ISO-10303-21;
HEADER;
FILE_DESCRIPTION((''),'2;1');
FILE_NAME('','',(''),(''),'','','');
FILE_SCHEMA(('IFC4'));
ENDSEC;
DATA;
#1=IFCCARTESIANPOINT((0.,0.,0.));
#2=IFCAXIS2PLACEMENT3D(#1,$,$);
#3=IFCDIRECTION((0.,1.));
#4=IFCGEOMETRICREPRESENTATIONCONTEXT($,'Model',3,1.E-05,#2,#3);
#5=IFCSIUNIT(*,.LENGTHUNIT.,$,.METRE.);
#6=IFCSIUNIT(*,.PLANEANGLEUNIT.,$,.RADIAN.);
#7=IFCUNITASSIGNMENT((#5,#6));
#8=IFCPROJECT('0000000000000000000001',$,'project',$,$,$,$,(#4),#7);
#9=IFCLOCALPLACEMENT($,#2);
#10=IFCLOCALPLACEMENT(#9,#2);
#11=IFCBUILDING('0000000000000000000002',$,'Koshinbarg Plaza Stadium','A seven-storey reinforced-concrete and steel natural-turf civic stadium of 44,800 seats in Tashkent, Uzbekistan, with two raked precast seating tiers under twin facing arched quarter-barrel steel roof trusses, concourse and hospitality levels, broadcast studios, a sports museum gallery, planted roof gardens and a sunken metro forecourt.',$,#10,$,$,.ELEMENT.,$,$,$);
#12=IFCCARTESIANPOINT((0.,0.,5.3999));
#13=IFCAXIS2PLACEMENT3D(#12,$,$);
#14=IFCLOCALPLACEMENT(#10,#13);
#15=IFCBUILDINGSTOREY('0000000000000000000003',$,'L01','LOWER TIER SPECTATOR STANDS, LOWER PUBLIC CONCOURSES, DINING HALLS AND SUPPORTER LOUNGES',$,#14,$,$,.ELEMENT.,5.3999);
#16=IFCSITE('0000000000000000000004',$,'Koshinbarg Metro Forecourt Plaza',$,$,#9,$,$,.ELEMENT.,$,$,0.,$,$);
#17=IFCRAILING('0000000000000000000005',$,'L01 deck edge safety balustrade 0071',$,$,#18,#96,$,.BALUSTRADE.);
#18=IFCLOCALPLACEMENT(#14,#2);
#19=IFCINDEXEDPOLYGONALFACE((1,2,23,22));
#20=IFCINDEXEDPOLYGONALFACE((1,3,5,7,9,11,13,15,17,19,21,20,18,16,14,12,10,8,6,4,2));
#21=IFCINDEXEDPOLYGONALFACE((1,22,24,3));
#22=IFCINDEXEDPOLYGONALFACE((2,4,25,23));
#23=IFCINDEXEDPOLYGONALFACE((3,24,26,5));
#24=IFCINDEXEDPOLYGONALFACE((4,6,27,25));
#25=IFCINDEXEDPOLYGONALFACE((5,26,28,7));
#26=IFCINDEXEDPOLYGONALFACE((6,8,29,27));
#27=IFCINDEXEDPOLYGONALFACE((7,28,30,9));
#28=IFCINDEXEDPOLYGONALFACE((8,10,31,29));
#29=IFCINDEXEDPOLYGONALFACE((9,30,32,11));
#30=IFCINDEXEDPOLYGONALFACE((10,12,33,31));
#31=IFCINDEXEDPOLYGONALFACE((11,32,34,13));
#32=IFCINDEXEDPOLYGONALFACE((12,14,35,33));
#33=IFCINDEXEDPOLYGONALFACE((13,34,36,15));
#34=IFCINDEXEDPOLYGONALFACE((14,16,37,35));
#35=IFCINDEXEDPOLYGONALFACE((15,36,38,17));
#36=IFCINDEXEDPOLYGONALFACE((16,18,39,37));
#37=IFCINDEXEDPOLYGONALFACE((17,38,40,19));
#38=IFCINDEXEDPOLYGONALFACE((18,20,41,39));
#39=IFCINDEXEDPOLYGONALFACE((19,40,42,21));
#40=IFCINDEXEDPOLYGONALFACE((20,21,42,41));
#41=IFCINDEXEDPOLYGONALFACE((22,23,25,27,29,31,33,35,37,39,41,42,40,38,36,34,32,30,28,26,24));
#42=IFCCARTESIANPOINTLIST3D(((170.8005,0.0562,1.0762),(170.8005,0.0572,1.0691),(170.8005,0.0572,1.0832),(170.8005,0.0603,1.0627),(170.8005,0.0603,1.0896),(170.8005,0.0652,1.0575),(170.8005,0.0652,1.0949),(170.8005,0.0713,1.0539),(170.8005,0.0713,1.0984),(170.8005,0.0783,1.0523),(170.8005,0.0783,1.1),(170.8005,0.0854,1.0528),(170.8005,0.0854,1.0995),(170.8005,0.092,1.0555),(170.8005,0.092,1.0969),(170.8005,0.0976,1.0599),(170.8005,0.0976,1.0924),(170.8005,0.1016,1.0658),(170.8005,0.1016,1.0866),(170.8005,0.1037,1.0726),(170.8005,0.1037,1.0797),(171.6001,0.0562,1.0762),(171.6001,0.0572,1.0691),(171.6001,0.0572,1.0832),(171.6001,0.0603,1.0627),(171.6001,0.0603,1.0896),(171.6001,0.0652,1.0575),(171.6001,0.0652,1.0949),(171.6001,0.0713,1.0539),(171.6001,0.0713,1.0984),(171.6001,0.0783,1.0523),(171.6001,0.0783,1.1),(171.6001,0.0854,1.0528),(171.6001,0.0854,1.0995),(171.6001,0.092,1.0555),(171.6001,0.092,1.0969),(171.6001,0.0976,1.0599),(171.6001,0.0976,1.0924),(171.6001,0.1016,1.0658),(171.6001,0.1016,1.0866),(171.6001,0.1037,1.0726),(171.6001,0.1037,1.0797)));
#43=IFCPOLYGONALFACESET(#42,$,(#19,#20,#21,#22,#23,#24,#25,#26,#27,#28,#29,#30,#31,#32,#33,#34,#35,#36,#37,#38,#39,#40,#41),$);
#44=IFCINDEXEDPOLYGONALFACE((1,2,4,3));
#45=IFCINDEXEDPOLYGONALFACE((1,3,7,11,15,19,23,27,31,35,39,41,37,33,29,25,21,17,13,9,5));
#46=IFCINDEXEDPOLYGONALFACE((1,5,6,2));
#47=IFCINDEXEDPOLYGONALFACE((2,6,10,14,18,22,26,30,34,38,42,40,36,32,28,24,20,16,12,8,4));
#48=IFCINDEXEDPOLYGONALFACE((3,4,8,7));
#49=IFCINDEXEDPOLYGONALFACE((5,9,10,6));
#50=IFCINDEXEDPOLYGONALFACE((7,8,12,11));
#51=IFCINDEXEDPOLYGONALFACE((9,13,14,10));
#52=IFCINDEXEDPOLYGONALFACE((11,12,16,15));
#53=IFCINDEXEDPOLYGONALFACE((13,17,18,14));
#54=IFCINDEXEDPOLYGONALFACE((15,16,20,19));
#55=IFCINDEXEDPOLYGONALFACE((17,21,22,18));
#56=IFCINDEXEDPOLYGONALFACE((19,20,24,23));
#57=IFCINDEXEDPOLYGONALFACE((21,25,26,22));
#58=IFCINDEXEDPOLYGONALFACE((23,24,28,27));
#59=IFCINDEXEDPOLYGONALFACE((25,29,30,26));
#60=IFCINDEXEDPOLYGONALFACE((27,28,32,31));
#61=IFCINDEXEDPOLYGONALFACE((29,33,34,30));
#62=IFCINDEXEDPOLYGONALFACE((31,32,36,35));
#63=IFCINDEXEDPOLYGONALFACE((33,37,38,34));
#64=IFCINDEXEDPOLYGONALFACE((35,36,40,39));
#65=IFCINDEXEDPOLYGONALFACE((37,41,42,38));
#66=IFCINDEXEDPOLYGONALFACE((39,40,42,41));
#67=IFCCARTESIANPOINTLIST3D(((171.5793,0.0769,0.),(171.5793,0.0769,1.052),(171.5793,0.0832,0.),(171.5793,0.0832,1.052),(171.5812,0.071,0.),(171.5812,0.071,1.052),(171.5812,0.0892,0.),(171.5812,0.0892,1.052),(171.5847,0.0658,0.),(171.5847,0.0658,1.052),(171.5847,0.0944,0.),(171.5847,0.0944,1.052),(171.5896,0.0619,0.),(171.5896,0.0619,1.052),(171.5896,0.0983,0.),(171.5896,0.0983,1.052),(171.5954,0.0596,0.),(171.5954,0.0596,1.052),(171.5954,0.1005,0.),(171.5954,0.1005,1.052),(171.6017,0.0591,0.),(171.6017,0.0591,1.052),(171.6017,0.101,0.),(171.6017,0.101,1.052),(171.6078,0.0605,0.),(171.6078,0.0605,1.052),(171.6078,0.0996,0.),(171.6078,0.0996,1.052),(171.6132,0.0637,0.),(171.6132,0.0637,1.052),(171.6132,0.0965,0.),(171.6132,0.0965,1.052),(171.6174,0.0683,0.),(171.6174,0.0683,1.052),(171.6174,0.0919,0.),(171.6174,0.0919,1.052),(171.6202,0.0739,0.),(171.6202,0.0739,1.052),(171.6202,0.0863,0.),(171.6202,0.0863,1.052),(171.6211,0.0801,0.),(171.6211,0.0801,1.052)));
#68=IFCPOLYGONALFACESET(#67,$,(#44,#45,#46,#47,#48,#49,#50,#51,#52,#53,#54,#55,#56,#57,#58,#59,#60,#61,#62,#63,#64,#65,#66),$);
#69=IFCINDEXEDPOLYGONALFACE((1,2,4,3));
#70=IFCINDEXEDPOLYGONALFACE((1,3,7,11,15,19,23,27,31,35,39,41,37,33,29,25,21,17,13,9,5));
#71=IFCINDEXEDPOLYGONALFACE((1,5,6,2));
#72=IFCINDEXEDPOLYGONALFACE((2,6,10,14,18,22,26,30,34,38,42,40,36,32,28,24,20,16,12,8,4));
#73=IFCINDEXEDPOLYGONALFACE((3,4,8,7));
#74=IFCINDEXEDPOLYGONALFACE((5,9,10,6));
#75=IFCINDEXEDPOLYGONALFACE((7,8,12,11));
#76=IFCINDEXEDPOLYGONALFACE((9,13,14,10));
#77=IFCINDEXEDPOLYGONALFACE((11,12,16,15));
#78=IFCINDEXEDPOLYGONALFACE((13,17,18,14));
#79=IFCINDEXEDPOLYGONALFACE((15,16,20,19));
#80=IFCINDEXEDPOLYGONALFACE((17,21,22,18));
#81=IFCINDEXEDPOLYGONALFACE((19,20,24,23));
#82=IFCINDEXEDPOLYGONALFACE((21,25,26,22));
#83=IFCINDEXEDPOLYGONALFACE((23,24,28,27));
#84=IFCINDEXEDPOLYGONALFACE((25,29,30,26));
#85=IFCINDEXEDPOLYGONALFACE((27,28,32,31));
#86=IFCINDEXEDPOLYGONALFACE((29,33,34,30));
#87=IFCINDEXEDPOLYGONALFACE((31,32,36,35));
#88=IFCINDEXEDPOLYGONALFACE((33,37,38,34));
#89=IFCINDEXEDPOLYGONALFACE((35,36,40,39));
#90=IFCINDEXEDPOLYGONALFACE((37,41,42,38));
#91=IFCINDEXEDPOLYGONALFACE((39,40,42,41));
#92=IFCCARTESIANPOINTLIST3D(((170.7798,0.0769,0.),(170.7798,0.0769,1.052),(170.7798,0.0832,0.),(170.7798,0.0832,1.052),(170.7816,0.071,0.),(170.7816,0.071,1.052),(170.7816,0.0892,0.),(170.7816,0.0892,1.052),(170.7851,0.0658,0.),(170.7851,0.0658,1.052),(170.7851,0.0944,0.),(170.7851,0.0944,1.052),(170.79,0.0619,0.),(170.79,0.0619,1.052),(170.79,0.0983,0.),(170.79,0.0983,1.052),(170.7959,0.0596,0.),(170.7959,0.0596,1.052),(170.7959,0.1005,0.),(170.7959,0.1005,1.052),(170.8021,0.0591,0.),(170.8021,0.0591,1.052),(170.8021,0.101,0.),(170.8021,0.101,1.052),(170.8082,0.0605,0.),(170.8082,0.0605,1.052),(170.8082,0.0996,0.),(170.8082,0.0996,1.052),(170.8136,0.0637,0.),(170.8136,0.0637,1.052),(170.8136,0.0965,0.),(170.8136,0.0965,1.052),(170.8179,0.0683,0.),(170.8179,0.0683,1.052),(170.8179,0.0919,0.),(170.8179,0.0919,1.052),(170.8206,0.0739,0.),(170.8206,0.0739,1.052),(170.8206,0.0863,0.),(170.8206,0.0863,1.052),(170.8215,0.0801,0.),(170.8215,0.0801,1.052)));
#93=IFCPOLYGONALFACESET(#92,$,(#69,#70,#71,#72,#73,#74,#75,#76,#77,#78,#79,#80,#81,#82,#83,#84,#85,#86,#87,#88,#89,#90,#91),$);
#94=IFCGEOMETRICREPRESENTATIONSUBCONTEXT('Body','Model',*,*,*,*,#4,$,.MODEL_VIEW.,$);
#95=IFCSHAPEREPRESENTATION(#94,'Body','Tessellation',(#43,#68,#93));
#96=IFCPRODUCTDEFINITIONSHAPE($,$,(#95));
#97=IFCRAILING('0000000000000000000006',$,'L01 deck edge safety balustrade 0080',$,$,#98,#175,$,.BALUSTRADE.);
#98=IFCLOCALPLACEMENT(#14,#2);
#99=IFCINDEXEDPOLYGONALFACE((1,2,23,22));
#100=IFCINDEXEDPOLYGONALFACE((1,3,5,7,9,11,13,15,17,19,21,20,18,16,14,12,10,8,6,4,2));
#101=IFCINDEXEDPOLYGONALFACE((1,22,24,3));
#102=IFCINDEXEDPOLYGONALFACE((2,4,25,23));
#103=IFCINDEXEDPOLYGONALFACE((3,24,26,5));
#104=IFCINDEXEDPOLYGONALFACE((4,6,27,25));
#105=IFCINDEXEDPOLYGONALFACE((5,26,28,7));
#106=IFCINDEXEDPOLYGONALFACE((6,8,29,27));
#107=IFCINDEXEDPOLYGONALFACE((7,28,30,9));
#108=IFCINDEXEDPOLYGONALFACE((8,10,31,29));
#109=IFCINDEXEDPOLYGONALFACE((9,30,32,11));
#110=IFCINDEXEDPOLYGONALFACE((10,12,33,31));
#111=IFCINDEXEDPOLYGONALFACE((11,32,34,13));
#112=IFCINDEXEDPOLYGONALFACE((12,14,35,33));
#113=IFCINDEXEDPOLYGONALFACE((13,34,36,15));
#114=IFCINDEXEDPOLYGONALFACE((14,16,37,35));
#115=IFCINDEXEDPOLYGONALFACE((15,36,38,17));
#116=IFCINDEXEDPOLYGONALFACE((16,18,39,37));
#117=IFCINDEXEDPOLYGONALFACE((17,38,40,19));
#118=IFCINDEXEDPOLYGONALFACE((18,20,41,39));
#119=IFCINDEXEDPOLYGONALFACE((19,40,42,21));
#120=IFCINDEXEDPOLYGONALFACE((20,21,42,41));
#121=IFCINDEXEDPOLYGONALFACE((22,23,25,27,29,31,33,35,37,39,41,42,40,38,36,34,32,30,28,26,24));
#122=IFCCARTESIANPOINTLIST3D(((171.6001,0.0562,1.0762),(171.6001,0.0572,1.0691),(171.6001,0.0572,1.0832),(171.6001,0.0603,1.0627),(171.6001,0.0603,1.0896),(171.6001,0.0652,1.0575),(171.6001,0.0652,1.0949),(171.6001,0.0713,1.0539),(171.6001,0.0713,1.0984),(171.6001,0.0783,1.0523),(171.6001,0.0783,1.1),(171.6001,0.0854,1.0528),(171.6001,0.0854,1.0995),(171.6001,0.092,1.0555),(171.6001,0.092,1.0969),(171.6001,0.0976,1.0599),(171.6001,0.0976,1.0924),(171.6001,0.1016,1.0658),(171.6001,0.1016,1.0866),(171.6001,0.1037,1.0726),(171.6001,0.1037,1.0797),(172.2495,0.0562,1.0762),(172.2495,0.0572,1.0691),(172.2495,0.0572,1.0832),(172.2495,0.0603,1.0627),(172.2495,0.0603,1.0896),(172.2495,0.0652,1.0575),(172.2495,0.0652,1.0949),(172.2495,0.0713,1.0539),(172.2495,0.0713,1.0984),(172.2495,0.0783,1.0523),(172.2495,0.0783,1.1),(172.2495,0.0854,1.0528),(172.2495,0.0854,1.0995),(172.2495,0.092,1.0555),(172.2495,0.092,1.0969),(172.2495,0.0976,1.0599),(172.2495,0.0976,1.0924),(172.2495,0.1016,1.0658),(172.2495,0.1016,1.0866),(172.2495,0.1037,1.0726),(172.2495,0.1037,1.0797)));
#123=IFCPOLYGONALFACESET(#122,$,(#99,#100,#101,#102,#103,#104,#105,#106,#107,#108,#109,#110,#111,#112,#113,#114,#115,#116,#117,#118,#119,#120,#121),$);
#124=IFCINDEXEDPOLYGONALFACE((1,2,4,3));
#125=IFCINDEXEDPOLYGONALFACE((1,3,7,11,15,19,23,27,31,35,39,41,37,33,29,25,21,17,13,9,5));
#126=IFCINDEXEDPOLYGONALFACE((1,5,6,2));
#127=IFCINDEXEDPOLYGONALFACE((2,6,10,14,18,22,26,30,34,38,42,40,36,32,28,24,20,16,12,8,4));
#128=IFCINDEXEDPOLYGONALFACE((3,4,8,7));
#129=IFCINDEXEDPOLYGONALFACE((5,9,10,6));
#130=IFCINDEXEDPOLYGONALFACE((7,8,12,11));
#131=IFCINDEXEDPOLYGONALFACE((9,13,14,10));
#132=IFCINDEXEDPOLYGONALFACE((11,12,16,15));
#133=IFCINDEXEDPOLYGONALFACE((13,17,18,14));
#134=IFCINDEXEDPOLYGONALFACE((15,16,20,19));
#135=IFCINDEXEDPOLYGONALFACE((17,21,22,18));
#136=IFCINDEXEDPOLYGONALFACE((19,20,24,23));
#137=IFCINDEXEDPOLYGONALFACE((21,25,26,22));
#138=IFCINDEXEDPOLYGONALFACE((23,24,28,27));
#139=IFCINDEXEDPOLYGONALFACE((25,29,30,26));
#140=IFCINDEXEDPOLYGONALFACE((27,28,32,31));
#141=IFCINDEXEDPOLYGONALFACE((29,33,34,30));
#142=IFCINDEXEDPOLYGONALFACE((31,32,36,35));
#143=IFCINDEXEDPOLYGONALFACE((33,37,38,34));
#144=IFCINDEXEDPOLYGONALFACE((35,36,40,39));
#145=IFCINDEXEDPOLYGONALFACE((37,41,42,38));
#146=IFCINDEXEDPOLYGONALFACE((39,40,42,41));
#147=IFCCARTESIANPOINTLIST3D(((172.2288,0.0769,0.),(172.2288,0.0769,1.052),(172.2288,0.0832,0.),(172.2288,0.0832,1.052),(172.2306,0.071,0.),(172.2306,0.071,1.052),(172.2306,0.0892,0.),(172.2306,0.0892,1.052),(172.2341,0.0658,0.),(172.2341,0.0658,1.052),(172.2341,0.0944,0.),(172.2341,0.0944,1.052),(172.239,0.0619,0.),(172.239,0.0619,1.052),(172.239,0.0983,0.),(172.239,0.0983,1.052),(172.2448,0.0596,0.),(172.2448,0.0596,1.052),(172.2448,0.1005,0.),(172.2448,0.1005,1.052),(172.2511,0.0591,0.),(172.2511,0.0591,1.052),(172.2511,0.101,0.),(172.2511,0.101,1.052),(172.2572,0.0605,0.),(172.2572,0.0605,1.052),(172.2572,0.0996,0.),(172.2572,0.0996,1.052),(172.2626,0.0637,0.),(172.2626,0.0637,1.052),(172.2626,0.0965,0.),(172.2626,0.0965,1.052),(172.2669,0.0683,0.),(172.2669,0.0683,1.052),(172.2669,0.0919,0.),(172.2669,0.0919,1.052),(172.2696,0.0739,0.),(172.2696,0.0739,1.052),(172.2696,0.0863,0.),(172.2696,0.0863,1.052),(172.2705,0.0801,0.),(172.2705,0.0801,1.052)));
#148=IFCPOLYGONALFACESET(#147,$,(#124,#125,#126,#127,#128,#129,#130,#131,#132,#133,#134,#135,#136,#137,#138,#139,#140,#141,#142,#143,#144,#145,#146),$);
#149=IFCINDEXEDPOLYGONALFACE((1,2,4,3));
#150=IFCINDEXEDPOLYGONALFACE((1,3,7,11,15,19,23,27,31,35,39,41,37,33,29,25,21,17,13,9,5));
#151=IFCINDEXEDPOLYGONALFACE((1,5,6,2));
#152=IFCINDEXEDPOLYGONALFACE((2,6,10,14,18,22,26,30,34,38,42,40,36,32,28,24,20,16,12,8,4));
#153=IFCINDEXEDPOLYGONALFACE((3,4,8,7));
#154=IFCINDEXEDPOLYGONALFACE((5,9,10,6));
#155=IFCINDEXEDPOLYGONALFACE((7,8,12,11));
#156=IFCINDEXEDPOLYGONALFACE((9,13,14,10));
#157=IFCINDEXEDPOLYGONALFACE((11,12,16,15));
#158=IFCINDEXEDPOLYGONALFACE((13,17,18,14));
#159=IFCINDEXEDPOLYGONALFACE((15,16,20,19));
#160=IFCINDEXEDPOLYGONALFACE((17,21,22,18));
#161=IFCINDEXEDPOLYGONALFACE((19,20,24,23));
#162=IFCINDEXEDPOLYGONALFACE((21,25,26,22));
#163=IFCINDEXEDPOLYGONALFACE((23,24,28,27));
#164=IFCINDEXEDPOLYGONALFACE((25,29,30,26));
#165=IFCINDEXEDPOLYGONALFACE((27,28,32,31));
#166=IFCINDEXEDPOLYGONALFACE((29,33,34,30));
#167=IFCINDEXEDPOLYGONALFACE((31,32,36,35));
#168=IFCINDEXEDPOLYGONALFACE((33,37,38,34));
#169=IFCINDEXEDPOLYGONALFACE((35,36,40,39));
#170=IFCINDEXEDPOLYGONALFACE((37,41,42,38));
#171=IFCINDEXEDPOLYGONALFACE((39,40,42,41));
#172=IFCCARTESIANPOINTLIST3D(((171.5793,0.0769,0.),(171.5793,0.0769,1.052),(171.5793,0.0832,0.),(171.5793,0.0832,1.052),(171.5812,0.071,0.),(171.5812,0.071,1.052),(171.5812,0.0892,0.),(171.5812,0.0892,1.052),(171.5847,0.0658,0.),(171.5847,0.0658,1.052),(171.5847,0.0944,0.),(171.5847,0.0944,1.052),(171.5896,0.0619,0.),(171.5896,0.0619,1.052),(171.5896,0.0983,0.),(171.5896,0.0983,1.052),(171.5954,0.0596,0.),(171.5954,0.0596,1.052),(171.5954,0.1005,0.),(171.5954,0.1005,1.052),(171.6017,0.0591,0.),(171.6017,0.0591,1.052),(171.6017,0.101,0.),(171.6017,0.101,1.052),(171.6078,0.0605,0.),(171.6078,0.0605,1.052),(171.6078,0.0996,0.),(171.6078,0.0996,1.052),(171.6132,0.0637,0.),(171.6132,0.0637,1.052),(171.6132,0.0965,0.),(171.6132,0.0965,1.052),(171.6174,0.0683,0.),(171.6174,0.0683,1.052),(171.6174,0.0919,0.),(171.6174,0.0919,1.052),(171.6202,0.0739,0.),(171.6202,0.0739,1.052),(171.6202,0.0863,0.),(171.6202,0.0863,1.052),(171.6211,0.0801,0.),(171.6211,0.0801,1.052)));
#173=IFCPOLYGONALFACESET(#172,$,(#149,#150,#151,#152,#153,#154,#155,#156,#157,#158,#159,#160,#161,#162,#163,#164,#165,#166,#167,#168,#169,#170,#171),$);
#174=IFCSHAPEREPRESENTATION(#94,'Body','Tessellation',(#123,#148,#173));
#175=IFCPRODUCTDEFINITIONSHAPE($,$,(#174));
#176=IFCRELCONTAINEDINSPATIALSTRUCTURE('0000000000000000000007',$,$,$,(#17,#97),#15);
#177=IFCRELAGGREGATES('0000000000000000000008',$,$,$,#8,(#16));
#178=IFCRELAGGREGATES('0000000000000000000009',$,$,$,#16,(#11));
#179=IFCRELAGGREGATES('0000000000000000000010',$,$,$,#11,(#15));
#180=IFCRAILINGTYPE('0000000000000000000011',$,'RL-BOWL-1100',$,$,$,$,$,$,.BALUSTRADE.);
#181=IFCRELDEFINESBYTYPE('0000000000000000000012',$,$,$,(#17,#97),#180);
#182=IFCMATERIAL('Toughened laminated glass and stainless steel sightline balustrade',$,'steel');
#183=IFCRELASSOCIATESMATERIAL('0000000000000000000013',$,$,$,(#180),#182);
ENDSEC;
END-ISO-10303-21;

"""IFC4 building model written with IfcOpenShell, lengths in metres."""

from ifc_helpers import new_model, si_unit, direction, frame, origin, origin_2d, place, context, subcontext, project, spatial, circle, extrude, material, type_object, element, save


model = new_model("IFC4")

# Units and contexts
model_context = context("Model", 3, precision=1e-05, world=origin(), true_north=direction((0.0, 1.0)))
body_context = subcontext(model_context, "Body", "Model", "MODEL_VIEW")
ifc_project = project(units=[si_unit("LENGTHUNIT", "METRE"), si_unit("PLANEANGLEUNIT", "RADIAN")], contexts=[model_context])

# Site, building, storey
site_placement = place(None, origin())
site = spatial("IfcSite", under=ifc_project, at=site_placement, Name="Koshinbarg Metro Forecourt Plaza", CompositionType="ELEMENT", RefElevation=0.0)
building_placement = place(site_placement, origin())
building = spatial("IfcBuilding", under=site, at=building_placement, Name="Koshinbarg Plaza Stadium", Description="A seven-storey reinforced-concrete and steel natural-turf civic stadium of 44,800 seats in Tashkent, Uzbekistan, with two raked precast seating tiers under twin facing arched quarter-barrel steel roof trusses, concourse and hospitality levels, broadcast studios, a sports museum gallery, planted roof gardens and a sunken metro forecourt.", CompositionType="ELEMENT")
storey_placement = place(building_placement, frame((0.0, 0.0, 5.3999)))
storey = spatial("IfcBuildingStorey", under=building, at=storey_placement, Name="L01", Description="LOWER TIER SPECTATOR STANDS, LOWER PUBLIC CONCOURSES, DINING HALLS AND SUPPORTER LOUNGES", CompositionType="ELEMENT", Elevation=5.3999)

# Railings
ifc_material_1 = material(Name="Toughened laminated glass and stainless steel sightline balustrade", Category="steel")
railing_type_1 = type_object("IfcRailingType", Name="RL-BOWL-1100", PredefinedType="BALUSTRADE", material=ifc_material_1)
railing_1_placement = place(storey_placement, frame((171.6001, 0.0801, 0.0)))
element("IfcRailing", 1, at=railing_1_placement, inside=storey, type_object=railing_type_1, Name="L01 deck edge safety balustrade 0071", PredefinedType="BALUSTRADE", context=body_context, shape_type="SweptSolid", body=[
    extrude(circle(Radius=0.0239, at=origin_2d()), frame((0.0, 0.0, 1.0762), z_axis=(-1.0, 0.0, 0.0), x_axis=(0.0, -1.0, 0.0)), (0.0, 0.0, 1.0), 0.7996),
    extrude(circle(Radius=0.021, at=origin_2d()), origin(), (0.0, 0.0, 1.0), 1.052),
    extrude(circle(Radius=0.021, at=origin_2d()), frame((-0.7996, 0.0, 0.0)), (0.0, 0.0, 1.0), 1.052),
])
railing_2_placement = place(storey_placement, frame((172.2495, 0.0801, 0.0)))
element("IfcRailing", 2, at=railing_2_placement, inside=storey, type_object=railing_type_1, Name="L01 deck edge safety balustrade 0080", PredefinedType="BALUSTRADE", context=body_context, shape_type="SweptSolid", body=[
    extrude(circle(Radius=0.0239, at=origin_2d()), frame((0.0, 0.0, 1.0762), z_axis=(-1.0, 0.0, 0.0), x_axis=(0.0, -1.0, 0.0)), (0.0, 0.0, 1.0), 0.6494),
    extrude(circle(Radius=0.021, at=origin_2d()), origin(), (0.0, 0.0, 1.0), 1.052),
    extrude(circle(Radius=0.021, at=origin_2d()), frame((-0.6494, 0.0, 0.0)), (0.0, 0.0, 1.0), 1.052),
])

save(model, "model.ifc")
